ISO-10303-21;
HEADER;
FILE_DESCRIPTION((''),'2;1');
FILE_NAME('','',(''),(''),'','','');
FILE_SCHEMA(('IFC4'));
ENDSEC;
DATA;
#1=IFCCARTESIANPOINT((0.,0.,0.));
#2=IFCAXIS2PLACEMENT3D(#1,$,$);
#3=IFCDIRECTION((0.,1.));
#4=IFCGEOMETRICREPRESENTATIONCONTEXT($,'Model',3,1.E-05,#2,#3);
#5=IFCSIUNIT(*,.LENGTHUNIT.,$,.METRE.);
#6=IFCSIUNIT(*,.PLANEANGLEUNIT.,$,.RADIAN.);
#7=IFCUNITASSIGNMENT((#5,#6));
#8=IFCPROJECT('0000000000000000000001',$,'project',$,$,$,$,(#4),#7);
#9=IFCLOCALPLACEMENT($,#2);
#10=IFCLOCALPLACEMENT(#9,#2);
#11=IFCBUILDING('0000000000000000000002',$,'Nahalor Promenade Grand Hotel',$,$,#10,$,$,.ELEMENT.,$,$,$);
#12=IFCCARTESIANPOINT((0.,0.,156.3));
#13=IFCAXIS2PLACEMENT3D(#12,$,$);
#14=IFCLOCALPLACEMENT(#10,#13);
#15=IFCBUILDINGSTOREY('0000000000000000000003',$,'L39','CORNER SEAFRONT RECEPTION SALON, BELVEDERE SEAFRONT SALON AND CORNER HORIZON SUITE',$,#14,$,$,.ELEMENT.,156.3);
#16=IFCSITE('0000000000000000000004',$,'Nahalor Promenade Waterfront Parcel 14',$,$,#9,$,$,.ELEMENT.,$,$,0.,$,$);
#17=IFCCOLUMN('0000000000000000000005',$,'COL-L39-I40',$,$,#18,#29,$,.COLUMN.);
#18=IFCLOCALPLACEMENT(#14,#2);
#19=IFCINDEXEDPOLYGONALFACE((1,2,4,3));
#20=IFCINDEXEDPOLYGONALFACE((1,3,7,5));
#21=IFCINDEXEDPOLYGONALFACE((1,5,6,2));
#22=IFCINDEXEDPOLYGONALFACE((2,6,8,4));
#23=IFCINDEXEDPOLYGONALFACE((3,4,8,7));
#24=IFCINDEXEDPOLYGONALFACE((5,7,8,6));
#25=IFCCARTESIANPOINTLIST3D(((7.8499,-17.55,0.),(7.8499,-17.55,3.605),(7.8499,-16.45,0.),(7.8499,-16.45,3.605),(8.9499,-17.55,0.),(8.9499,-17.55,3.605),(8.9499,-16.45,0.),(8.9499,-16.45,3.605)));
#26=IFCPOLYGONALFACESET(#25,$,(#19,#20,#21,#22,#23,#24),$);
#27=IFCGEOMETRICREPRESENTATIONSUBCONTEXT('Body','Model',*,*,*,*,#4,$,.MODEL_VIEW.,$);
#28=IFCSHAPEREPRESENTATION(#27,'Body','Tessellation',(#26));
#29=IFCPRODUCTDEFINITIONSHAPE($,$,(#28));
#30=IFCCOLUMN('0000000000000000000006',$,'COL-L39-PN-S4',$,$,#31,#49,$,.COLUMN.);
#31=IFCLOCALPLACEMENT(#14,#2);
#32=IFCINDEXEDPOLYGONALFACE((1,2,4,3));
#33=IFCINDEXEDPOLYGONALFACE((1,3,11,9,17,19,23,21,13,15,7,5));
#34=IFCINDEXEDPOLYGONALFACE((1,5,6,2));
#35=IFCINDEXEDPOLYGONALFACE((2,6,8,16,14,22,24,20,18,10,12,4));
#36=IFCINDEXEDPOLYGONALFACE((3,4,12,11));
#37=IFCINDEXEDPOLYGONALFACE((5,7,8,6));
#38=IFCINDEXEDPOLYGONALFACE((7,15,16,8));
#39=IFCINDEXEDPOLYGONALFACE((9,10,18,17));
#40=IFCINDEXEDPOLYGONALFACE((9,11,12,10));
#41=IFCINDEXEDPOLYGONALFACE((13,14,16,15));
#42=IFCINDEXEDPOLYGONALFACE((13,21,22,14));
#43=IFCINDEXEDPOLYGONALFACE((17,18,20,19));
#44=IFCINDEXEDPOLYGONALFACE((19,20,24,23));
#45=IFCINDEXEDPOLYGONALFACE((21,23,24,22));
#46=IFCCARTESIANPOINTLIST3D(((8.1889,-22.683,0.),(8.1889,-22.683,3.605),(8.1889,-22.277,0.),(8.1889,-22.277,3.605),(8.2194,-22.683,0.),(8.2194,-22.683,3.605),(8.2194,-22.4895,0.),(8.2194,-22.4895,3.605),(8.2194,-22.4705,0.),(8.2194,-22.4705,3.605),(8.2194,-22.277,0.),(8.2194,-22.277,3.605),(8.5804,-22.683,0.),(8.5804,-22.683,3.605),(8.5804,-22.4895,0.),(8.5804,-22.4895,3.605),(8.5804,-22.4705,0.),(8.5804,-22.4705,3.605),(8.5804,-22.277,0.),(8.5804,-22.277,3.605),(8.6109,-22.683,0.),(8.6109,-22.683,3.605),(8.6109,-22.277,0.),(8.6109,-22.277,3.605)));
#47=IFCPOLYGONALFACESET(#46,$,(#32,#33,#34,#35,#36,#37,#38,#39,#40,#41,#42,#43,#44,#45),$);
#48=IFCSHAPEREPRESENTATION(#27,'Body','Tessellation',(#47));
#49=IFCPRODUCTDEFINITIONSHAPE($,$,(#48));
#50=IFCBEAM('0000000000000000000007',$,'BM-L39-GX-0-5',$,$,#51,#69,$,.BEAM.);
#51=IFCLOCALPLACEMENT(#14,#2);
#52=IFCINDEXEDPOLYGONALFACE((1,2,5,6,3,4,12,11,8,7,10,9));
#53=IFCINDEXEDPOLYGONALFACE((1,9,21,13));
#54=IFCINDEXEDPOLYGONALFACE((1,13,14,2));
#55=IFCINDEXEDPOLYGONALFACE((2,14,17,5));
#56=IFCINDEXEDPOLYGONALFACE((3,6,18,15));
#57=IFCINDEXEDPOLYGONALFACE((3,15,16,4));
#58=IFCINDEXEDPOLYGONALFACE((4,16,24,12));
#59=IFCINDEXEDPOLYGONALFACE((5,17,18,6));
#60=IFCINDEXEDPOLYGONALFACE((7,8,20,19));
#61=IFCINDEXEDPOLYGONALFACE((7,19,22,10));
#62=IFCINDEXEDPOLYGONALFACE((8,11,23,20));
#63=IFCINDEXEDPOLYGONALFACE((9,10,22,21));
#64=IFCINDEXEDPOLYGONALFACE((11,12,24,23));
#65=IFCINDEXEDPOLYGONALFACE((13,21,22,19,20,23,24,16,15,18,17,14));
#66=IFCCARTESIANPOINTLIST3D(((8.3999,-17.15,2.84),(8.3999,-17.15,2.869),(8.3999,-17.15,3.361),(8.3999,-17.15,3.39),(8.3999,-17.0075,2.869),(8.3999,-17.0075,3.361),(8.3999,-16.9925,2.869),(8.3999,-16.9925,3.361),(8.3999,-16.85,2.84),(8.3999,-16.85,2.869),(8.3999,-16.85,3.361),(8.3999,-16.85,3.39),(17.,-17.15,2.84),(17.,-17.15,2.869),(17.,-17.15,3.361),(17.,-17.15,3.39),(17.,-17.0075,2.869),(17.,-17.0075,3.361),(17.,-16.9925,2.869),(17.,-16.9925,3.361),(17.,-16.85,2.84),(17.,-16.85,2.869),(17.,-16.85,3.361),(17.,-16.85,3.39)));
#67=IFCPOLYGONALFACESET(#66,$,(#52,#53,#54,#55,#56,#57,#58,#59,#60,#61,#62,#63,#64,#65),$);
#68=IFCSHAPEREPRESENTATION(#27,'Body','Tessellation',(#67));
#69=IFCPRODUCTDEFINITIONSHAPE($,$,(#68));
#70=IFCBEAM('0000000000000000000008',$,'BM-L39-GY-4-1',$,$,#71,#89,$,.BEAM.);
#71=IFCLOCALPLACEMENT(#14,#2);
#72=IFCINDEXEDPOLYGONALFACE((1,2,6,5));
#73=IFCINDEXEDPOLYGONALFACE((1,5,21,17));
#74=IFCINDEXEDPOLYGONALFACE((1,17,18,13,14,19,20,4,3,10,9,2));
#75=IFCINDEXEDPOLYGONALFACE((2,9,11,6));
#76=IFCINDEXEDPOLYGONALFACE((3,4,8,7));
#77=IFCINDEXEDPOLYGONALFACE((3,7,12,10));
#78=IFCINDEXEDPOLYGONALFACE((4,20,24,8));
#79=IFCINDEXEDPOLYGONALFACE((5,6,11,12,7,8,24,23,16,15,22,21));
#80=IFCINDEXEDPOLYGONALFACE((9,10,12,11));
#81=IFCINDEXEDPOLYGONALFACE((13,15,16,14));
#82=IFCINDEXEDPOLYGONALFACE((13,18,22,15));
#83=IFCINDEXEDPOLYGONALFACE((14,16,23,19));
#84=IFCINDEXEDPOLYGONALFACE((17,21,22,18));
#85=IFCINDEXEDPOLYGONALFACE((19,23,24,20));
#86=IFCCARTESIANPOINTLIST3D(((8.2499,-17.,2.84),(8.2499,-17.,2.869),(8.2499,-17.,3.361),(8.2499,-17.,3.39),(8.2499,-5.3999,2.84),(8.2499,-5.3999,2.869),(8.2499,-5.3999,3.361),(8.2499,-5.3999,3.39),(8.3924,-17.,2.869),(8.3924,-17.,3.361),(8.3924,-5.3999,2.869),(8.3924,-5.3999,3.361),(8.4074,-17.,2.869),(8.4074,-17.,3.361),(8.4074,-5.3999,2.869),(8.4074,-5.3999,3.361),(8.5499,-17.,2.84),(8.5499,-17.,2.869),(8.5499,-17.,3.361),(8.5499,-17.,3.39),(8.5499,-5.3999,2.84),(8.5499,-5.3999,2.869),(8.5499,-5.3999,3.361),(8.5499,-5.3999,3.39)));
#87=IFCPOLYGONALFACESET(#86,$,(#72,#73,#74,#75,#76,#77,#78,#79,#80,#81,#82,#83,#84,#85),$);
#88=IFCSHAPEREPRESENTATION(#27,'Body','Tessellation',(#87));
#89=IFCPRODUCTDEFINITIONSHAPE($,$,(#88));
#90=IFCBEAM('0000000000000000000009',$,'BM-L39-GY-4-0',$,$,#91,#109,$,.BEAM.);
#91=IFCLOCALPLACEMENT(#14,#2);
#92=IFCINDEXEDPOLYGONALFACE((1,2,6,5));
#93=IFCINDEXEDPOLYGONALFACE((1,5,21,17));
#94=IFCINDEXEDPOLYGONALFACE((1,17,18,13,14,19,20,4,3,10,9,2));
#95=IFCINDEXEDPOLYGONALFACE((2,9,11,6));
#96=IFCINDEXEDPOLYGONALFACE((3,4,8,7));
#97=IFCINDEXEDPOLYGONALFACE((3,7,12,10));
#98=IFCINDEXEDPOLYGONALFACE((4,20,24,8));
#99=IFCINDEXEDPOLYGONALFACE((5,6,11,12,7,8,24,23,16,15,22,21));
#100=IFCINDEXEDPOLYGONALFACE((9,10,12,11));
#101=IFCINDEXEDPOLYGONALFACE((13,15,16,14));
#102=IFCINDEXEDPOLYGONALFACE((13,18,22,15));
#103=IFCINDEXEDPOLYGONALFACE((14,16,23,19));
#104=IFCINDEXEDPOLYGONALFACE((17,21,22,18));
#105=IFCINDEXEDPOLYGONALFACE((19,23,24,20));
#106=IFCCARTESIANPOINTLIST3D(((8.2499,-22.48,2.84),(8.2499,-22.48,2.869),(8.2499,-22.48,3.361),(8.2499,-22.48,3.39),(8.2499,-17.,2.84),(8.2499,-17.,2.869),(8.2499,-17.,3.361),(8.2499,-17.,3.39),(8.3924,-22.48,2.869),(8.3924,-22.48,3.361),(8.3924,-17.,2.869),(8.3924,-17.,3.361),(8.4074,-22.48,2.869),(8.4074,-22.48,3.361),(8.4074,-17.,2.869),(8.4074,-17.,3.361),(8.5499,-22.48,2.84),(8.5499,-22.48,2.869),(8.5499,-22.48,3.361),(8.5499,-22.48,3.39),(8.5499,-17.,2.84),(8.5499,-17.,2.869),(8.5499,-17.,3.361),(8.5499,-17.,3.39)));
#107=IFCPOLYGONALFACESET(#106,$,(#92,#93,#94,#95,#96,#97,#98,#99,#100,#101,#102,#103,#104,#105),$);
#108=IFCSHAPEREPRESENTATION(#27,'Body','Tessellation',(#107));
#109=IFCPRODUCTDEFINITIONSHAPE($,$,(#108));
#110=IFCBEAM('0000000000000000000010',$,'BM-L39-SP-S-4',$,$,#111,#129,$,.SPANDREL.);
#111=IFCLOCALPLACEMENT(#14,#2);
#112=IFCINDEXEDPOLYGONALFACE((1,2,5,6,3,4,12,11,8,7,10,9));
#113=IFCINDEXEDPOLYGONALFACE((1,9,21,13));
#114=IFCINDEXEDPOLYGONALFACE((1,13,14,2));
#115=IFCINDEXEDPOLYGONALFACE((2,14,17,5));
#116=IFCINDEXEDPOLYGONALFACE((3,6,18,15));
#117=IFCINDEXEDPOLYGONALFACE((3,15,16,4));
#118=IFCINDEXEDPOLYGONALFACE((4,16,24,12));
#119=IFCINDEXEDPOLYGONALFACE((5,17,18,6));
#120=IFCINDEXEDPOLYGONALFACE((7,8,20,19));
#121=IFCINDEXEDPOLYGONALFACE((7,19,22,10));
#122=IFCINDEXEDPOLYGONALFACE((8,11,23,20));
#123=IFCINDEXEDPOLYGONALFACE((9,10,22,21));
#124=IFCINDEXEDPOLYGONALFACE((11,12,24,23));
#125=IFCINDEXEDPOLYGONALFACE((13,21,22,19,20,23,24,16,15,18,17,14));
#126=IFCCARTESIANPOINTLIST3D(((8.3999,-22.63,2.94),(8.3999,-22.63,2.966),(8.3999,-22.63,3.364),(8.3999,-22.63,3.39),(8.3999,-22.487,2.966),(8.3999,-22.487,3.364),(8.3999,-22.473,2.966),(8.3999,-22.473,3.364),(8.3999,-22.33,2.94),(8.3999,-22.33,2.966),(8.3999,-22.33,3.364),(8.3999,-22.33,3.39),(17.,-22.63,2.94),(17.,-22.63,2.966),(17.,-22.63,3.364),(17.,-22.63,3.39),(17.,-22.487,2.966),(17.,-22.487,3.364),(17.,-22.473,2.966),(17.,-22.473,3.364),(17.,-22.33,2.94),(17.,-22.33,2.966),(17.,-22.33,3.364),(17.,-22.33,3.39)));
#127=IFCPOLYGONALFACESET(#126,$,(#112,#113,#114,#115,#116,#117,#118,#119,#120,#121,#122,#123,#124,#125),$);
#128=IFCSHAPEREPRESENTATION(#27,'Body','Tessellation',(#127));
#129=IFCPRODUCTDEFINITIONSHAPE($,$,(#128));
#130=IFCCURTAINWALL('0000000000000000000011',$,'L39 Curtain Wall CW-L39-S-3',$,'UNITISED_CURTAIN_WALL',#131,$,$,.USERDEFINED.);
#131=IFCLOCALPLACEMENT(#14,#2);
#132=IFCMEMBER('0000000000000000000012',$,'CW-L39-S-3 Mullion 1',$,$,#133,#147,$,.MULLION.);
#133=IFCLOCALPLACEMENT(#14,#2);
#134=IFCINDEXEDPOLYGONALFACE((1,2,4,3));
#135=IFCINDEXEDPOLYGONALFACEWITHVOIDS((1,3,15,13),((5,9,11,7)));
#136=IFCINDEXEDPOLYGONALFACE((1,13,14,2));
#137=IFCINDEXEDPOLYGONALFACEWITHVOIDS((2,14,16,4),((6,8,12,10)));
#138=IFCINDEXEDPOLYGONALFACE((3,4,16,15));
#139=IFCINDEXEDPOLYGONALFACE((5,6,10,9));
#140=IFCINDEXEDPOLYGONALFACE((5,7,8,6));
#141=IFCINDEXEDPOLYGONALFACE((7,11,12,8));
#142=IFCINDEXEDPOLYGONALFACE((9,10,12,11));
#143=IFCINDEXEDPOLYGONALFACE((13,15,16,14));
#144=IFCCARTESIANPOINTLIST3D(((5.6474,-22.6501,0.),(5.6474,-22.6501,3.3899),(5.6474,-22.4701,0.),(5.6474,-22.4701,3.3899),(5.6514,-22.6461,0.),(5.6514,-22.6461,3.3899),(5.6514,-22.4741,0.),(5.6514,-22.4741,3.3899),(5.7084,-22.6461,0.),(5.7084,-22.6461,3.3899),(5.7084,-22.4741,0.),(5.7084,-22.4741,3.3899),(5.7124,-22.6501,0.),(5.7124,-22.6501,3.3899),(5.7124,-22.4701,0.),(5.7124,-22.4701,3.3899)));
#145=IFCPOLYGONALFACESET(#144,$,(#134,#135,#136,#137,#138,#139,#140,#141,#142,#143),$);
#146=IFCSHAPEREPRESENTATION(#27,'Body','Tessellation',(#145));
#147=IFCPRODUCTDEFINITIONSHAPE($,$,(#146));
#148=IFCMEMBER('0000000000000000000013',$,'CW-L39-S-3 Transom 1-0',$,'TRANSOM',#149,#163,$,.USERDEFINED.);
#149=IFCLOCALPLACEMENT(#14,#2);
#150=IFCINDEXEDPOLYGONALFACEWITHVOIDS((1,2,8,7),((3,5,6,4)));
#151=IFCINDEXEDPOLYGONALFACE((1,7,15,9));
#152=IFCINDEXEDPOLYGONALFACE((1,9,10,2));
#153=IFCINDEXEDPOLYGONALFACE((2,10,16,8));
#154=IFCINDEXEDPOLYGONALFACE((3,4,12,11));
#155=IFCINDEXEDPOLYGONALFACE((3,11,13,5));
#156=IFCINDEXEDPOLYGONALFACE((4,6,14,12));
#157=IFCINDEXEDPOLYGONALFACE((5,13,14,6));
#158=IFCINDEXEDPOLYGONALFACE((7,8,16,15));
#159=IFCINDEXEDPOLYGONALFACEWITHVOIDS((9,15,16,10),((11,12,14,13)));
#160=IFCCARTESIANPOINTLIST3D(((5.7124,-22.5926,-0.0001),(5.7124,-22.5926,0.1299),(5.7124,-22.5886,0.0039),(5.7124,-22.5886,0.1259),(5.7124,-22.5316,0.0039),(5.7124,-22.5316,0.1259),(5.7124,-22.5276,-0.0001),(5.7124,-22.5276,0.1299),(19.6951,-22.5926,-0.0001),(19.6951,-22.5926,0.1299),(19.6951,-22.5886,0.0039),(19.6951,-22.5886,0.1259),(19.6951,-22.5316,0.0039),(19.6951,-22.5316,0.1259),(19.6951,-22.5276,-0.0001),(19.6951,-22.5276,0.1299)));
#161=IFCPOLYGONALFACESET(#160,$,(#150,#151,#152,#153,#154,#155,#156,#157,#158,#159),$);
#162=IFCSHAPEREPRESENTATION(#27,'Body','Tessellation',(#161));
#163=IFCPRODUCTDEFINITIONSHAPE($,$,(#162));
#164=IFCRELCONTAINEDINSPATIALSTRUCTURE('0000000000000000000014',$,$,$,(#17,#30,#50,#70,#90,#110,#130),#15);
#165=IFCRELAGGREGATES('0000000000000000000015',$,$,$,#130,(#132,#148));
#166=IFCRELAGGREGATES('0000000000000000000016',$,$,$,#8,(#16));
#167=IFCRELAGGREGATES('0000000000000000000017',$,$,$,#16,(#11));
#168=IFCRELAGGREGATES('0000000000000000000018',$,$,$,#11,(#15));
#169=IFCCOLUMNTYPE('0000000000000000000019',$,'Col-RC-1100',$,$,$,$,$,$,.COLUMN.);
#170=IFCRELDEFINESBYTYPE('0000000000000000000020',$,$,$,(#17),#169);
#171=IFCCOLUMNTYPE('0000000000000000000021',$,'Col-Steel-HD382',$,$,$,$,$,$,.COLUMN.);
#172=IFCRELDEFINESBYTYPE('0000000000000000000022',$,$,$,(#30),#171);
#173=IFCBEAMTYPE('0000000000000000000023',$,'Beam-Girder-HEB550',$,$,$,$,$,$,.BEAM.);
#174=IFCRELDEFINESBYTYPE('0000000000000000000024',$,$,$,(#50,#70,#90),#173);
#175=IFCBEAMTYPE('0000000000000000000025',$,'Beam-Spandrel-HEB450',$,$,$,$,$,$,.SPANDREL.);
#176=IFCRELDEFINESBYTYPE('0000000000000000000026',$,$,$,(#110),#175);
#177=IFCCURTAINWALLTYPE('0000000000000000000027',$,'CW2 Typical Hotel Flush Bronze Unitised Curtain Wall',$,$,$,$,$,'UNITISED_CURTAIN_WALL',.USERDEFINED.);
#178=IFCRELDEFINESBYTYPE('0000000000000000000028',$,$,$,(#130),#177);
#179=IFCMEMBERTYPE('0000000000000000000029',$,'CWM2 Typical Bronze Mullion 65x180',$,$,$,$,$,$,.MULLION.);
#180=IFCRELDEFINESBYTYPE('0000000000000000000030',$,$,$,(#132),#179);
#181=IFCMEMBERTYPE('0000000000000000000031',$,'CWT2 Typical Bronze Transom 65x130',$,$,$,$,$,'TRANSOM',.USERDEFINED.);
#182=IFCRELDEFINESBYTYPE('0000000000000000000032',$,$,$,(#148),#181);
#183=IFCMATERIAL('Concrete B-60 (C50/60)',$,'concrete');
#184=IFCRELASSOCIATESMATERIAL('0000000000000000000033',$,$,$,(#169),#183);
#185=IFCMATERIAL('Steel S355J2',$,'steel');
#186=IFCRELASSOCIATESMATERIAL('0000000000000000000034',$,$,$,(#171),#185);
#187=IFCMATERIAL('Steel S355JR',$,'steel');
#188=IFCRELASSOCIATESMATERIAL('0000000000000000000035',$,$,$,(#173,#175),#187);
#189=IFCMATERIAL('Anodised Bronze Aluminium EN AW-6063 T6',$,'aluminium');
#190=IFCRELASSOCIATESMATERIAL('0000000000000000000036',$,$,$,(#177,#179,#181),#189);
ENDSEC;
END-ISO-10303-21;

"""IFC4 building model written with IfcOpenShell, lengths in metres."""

from ifc_helpers import new_model, si_unit, direction, frame, origin, origin_2d, place, context, subcontext, project, spatial, rectangle, hollow_rectangle, i_section, extrude, source, transform, mapped, material, material_profile, profile_set, type_object, element, aggregate, save


model = new_model("IFC4")

# Units and contexts
model_context = context("Model", 3, precision=1e-05, world=origin(), true_north=direction((0.0, 1.0)))
body_context = subcontext(model_context, "Body", "Model", "MODEL_VIEW")
ifc_project = project(units=[si_unit("LENGTHUNIT", "METRE"), si_unit("PLANEANGLEUNIT", "RADIAN")], contexts=[model_context])

# Site, building, storey
site_placement = place(None, origin())
site = spatial("IfcSite", under=ifc_project, at=site_placement, Name="Nahalor Promenade Waterfront Parcel 14", CompositionType="ELEMENT", RefElevation=0.0)
building_placement = place(site_placement, origin())
building = spatial("IfcBuilding", under=site, at=building_placement, Name="Nahalor Promenade Grand Hotel", CompositionType="ELEMENT")
storey_placement = place(building_placement, frame((0.0, 0.0, 156.3)))
storey = spatial("IfcBuildingStorey", under=building, at=storey_placement, Name="L39", Description="CORNER SEAFRONT RECEPTION SALON, BELVEDERE SEAFRONT SALON AND CORNER HORIZON SUITE", CompositionType="ELEMENT", Elevation=156.3)

# Columns
ifc_material_1 = material(Name="Concrete B-60 (C50/60)", Category="concrete")
ifc_material_profile_1 = material_profile(ifc_material_1, rectangle(XDim=1.1, YDim=1.1, at=origin_2d()), Name="RC 1100x1100")
ifc_profile_set_1 = profile_set([ifc_material_profile_1], Name="Concrete B-60 (C50/60)")
column_type_1 = type_object("IfcColumnType", Name="Col-RC-1100", PredefinedType="COLUMN", material=ifc_profile_set_1)
shared_shape_1 = source(origin(), body_context, "Body", "SweptSolid", [
    extrude(rectangle(XDim=1.1, YDim=1.1, at=origin_2d()), origin(), (0.0, 0.0, 1.0), 3.605),
])
column_1_placement = place(storey_placement, frame((8.3999, -17.0, 0.0), z_axis=(0.0, 0.0, 1.0), x_axis=(1.0, 0.0, 0.0)))
element("IfcColumn", 1, at=column_1_placement, inside=storey, type_object=column_type_1, Name="COL-L39-I40", PredefinedType="COLUMN", context=body_context, shape_type="MappedRepresentation", body=[
    mapped(shared_shape_1, transform((0.0, 0.0, 0.0), scale=1.0)),
])
ifc_material_2 = material(Name="Steel S355J2", Category="steel")
ifc_material_profile_2 = material_profile(ifc_material_2, i_section(OverallWidth=0.406, OverallDepth=0.422, WebThickness=0.019, FlangeThickness=0.0305, at=origin_2d()), Name="HD 400x382")
ifc_profile_set_2 = profile_set([ifc_material_profile_2], Name="Steel S355J2")
column_type_2 = type_object("IfcColumnType", Name="Col-Steel-HD382", PredefinedType="COLUMN", material=ifc_profile_set_2)
shared_shape_2 = source(origin(), body_context, "Body", "SweptSolid", [
    extrude(i_section(OverallWidth=0.406, OverallDepth=0.422, WebThickness=0.019, FlangeThickness=0.0305, at=origin_2d()), origin(), (0.0, 0.0, 1.0), 3.605),
])
column_2_placement = place(storey_placement, frame((8.3999, -22.48, 0.0), z_axis=(0.0, 0.0, 1.0), x_axis=(0.0, 1.0, 0.0)))
element("IfcColumn", 2, at=column_2_placement, inside=storey, type_object=column_type_2, Name="COL-L39-PN-S4", PredefinedType="COLUMN", context=body_context, shape_type="MappedRepresentation", body=[
    mapped(shared_shape_2, transform((0.0, 0.0, 0.0), scale=1.0)),
])

# Beams
ifc_material_3 = material(Name="Steel S355JR", Category="steel")
ifc_material_profile_3 = material_profile(ifc_material_3, i_section(OverallWidth=0.3, OverallDepth=0.55, WebThickness=0.015, FlangeThickness=0.029, at=origin_2d()), Name="HEB 550")
ifc_profile_set_3 = profile_set([ifc_material_profile_3], Name="Steel S355JR")
beam_type_1 = type_object("IfcBeamType", Name="Beam-Girder-HEB550", PredefinedType="BEAM", material=ifc_profile_set_3)
shared_shape_3 = source(origin(), body_context, "Body", "SweptSolid", [
    extrude(i_section(OverallWidth=0.3, OverallDepth=0.55, WebThickness=0.015, FlangeThickness=0.029, at=origin_2d()), origin(), (0.0, 0.0, 1.0), 8.6001),
])
beam_1_placement = place(storey_placement, frame((8.3999, -17.0, 3.115), z_axis=(1.0, 0.0, 0.0), x_axis=(0.0, 1.0, 0.0)))
element("IfcBeam", 3, at=beam_1_placement, inside=storey, type_object=beam_type_1, Name="BM-L39-GX-0-5", PredefinedType="BEAM", context=body_context, shape_type="MappedRepresentation", body=[
    mapped(shared_shape_3, transform((0.0, 0.0, 0.0), scale=1.0)),
])
shared_shape_4 = source(origin(), body_context, "Body", "SweptSolid", [
    extrude(i_section(OverallWidth=0.3, OverallDepth=0.55, WebThickness=0.015, FlangeThickness=0.029, at=origin_2d()), origin(), (0.0, 0.0, 1.0), 11.6001),
])
beam_2_placement = place(storey_placement, frame((8.3999, -17.0, 3.115), z_axis=(0.0, 1.0, 0.0), x_axis=(-1.0, 0.0, 0.0)))
element("IfcBeam", 4, at=beam_2_placement, inside=storey, type_object=beam_type_1, Name="BM-L39-GY-4-1", PredefinedType="BEAM", context=body_context, shape_type="MappedRepresentation", body=[
    mapped(shared_shape_4, transform((0.0, 0.0, 0.0), scale=1.0)),
])
shared_shape_5 = source(origin(), body_context, "Body", "SweptSolid", [
    extrude(i_section(OverallWidth=0.3, OverallDepth=0.55, WebThickness=0.015, FlangeThickness=0.029, at=origin_2d()), origin(), (0.0, 0.0, 1.0), 5.48),
])
beam_3_placement = place(storey_placement, frame((8.3999, -22.48, 3.115), z_axis=(0.0, 1.0, 0.0), x_axis=(-1.0, 0.0, 0.0)))
element("IfcBeam", 5, at=beam_3_placement, inside=storey, type_object=beam_type_1, Name="BM-L39-GY-4-0", PredefinedType="BEAM", context=body_context, shape_type="MappedRepresentation", body=[
    mapped(shared_shape_5, transform((0.0, 0.0, 0.0), scale=1.0)),
])
ifc_material_profile_4 = material_profile(ifc_material_3, i_section(OverallWidth=0.3, OverallDepth=0.45, WebThickness=0.014, FlangeThickness=0.026, at=origin_2d()), Name="HEB 450")
ifc_profile_set_4 = profile_set([ifc_material_profile_4], Name="Steel S355JR")
beam_type_2 = type_object("IfcBeamType", Name="Beam-Spandrel-HEB450", PredefinedType="SPANDREL", material=ifc_profile_set_4)
shared_shape_6 = source(origin(), body_context, "Body", "SweptSolid", [
    extrude(i_section(OverallWidth=0.3, OverallDepth=0.45, WebThickness=0.014, FlangeThickness=0.026, at=origin_2d()), origin(), (0.0, 0.0, 1.0), 8.6001),
])
beam_4_placement = place(storey_placement, frame((8.3999, -22.48, 3.165), z_axis=(1.0, 0.0, 0.0), x_axis=(0.0, 1.0, 0.0)))
element("IfcBeam", 6, at=beam_4_placement, inside=storey, type_object=beam_type_2, Name="BM-L39-SP-S-4", PredefinedType="SPANDREL", context=body_context, shape_type="MappedRepresentation", body=[
    mapped(shared_shape_6, transform((0.0, 0.0, 0.0), scale=1.0)),
])

# Curtain wall, members
ifc_material_4 = material(Name="Anodised Bronze Aluminium EN AW-6063 T6", Category="aluminium")
curtain_wall_type = type_object("IfcCurtainWallType", Name="CW2 Typical Hotel Flush Bronze Unitised Curtain Wall", ElementType="UNITISED_CURTAIN_WALL", PredefinedType="USERDEFINED", material=ifc_material_4)
curtain_wall_placement = place(storey_placement, origin())
curtain_wall = element("IfcCurtainWall", 7, at=curtain_wall_placement, inside=storey, type_object=curtain_wall_type, Name="L39 Curtain Wall CW-L39-S-3", ObjectType="UNITISED_CURTAIN_WALL", PredefinedType="USERDEFINED")
ifc_material_profile_5 = material_profile(ifc_material_4, hollow_rectangle(XDim=0.065, YDim=0.18, WallThickness=0.004, at=origin_2d()), Name="CWM 65x180x4")
ifc_profile_set_5 = profile_set([ifc_material_profile_5], Name="Anodised Bronze Aluminium EN AW-6063 T6")
member_type_1 = type_object("IfcMemberType", Name="CWM2 Typical Bronze Mullion 65x180", PredefinedType="MULLION", material=ifc_profile_set_5)
shared_shape_7 = source(origin(), body_context, "Body", "SweptSolid", [
    extrude(hollow_rectangle(XDim=0.065, YDim=0.18, WallThickness=0.004, at=origin_2d()), origin(), (0.0, 0.0, 1.0), 3.3899),
])
member_1_placement = place(storey_placement, frame((5.6799, -22.5601, 0.0), z_axis=(0.0, 0.0, 1.0), x_axis=(1.0, 0.0, 0.0)))
member_1 = element("IfcMember", 8, at=member_1_placement, type_object=member_type_1, Name="CW-L39-S-3 Mullion 1", PredefinedType="MULLION", context=body_context, shape_type="MappedRepresentation", body=[
    mapped(shared_shape_7, transform((0.0, 0.0, 0.0), scale=1.0)),
])
ifc_material_profile_6 = material_profile(ifc_material_4, hollow_rectangle(XDim=0.065, YDim=0.13, WallThickness=0.004, at=origin_2d()), Name="CWT 65x130x4")
ifc_profile_set_6 = profile_set([ifc_material_profile_6], Name="Anodised Bronze Aluminium EN AW-6063 T6")
member_type_2 = type_object("IfcMemberType", Name="CWT2 Typical Bronze Transom 65x130", ElementType="TRANSOM", PredefinedType="USERDEFINED", material=ifc_profile_set_6)
shared_shape_8 = source(origin(), body_context, "Body", "SweptSolid", [
    extrude(hollow_rectangle(XDim=0.065, YDim=0.13, WallThickness=0.004, at=origin_2d()), origin(), (0.0, 0.0, 1.0), 13.9827),
])
member_2_placement = place(storey_placement, frame((5.7124, -22.5601, 0.0649), z_axis=(1.0, 0.0, 0.0), x_axis=(0.0, 1.0, 0.0)))
member_2 = element("IfcMember", 9, at=member_2_placement, type_object=member_type_2, Name="CW-L39-S-3 Transom 1-0", ObjectType="TRANSOM", PredefinedType="USERDEFINED", context=body_context, shape_type="MappedRepresentation", body=[
    mapped(shared_shape_8, transform((0.0, 0.0, 0.0), scale=1.0)),
])
aggregate(curtain_wall, [member_1, member_2])

save(model, "model.ifc")
